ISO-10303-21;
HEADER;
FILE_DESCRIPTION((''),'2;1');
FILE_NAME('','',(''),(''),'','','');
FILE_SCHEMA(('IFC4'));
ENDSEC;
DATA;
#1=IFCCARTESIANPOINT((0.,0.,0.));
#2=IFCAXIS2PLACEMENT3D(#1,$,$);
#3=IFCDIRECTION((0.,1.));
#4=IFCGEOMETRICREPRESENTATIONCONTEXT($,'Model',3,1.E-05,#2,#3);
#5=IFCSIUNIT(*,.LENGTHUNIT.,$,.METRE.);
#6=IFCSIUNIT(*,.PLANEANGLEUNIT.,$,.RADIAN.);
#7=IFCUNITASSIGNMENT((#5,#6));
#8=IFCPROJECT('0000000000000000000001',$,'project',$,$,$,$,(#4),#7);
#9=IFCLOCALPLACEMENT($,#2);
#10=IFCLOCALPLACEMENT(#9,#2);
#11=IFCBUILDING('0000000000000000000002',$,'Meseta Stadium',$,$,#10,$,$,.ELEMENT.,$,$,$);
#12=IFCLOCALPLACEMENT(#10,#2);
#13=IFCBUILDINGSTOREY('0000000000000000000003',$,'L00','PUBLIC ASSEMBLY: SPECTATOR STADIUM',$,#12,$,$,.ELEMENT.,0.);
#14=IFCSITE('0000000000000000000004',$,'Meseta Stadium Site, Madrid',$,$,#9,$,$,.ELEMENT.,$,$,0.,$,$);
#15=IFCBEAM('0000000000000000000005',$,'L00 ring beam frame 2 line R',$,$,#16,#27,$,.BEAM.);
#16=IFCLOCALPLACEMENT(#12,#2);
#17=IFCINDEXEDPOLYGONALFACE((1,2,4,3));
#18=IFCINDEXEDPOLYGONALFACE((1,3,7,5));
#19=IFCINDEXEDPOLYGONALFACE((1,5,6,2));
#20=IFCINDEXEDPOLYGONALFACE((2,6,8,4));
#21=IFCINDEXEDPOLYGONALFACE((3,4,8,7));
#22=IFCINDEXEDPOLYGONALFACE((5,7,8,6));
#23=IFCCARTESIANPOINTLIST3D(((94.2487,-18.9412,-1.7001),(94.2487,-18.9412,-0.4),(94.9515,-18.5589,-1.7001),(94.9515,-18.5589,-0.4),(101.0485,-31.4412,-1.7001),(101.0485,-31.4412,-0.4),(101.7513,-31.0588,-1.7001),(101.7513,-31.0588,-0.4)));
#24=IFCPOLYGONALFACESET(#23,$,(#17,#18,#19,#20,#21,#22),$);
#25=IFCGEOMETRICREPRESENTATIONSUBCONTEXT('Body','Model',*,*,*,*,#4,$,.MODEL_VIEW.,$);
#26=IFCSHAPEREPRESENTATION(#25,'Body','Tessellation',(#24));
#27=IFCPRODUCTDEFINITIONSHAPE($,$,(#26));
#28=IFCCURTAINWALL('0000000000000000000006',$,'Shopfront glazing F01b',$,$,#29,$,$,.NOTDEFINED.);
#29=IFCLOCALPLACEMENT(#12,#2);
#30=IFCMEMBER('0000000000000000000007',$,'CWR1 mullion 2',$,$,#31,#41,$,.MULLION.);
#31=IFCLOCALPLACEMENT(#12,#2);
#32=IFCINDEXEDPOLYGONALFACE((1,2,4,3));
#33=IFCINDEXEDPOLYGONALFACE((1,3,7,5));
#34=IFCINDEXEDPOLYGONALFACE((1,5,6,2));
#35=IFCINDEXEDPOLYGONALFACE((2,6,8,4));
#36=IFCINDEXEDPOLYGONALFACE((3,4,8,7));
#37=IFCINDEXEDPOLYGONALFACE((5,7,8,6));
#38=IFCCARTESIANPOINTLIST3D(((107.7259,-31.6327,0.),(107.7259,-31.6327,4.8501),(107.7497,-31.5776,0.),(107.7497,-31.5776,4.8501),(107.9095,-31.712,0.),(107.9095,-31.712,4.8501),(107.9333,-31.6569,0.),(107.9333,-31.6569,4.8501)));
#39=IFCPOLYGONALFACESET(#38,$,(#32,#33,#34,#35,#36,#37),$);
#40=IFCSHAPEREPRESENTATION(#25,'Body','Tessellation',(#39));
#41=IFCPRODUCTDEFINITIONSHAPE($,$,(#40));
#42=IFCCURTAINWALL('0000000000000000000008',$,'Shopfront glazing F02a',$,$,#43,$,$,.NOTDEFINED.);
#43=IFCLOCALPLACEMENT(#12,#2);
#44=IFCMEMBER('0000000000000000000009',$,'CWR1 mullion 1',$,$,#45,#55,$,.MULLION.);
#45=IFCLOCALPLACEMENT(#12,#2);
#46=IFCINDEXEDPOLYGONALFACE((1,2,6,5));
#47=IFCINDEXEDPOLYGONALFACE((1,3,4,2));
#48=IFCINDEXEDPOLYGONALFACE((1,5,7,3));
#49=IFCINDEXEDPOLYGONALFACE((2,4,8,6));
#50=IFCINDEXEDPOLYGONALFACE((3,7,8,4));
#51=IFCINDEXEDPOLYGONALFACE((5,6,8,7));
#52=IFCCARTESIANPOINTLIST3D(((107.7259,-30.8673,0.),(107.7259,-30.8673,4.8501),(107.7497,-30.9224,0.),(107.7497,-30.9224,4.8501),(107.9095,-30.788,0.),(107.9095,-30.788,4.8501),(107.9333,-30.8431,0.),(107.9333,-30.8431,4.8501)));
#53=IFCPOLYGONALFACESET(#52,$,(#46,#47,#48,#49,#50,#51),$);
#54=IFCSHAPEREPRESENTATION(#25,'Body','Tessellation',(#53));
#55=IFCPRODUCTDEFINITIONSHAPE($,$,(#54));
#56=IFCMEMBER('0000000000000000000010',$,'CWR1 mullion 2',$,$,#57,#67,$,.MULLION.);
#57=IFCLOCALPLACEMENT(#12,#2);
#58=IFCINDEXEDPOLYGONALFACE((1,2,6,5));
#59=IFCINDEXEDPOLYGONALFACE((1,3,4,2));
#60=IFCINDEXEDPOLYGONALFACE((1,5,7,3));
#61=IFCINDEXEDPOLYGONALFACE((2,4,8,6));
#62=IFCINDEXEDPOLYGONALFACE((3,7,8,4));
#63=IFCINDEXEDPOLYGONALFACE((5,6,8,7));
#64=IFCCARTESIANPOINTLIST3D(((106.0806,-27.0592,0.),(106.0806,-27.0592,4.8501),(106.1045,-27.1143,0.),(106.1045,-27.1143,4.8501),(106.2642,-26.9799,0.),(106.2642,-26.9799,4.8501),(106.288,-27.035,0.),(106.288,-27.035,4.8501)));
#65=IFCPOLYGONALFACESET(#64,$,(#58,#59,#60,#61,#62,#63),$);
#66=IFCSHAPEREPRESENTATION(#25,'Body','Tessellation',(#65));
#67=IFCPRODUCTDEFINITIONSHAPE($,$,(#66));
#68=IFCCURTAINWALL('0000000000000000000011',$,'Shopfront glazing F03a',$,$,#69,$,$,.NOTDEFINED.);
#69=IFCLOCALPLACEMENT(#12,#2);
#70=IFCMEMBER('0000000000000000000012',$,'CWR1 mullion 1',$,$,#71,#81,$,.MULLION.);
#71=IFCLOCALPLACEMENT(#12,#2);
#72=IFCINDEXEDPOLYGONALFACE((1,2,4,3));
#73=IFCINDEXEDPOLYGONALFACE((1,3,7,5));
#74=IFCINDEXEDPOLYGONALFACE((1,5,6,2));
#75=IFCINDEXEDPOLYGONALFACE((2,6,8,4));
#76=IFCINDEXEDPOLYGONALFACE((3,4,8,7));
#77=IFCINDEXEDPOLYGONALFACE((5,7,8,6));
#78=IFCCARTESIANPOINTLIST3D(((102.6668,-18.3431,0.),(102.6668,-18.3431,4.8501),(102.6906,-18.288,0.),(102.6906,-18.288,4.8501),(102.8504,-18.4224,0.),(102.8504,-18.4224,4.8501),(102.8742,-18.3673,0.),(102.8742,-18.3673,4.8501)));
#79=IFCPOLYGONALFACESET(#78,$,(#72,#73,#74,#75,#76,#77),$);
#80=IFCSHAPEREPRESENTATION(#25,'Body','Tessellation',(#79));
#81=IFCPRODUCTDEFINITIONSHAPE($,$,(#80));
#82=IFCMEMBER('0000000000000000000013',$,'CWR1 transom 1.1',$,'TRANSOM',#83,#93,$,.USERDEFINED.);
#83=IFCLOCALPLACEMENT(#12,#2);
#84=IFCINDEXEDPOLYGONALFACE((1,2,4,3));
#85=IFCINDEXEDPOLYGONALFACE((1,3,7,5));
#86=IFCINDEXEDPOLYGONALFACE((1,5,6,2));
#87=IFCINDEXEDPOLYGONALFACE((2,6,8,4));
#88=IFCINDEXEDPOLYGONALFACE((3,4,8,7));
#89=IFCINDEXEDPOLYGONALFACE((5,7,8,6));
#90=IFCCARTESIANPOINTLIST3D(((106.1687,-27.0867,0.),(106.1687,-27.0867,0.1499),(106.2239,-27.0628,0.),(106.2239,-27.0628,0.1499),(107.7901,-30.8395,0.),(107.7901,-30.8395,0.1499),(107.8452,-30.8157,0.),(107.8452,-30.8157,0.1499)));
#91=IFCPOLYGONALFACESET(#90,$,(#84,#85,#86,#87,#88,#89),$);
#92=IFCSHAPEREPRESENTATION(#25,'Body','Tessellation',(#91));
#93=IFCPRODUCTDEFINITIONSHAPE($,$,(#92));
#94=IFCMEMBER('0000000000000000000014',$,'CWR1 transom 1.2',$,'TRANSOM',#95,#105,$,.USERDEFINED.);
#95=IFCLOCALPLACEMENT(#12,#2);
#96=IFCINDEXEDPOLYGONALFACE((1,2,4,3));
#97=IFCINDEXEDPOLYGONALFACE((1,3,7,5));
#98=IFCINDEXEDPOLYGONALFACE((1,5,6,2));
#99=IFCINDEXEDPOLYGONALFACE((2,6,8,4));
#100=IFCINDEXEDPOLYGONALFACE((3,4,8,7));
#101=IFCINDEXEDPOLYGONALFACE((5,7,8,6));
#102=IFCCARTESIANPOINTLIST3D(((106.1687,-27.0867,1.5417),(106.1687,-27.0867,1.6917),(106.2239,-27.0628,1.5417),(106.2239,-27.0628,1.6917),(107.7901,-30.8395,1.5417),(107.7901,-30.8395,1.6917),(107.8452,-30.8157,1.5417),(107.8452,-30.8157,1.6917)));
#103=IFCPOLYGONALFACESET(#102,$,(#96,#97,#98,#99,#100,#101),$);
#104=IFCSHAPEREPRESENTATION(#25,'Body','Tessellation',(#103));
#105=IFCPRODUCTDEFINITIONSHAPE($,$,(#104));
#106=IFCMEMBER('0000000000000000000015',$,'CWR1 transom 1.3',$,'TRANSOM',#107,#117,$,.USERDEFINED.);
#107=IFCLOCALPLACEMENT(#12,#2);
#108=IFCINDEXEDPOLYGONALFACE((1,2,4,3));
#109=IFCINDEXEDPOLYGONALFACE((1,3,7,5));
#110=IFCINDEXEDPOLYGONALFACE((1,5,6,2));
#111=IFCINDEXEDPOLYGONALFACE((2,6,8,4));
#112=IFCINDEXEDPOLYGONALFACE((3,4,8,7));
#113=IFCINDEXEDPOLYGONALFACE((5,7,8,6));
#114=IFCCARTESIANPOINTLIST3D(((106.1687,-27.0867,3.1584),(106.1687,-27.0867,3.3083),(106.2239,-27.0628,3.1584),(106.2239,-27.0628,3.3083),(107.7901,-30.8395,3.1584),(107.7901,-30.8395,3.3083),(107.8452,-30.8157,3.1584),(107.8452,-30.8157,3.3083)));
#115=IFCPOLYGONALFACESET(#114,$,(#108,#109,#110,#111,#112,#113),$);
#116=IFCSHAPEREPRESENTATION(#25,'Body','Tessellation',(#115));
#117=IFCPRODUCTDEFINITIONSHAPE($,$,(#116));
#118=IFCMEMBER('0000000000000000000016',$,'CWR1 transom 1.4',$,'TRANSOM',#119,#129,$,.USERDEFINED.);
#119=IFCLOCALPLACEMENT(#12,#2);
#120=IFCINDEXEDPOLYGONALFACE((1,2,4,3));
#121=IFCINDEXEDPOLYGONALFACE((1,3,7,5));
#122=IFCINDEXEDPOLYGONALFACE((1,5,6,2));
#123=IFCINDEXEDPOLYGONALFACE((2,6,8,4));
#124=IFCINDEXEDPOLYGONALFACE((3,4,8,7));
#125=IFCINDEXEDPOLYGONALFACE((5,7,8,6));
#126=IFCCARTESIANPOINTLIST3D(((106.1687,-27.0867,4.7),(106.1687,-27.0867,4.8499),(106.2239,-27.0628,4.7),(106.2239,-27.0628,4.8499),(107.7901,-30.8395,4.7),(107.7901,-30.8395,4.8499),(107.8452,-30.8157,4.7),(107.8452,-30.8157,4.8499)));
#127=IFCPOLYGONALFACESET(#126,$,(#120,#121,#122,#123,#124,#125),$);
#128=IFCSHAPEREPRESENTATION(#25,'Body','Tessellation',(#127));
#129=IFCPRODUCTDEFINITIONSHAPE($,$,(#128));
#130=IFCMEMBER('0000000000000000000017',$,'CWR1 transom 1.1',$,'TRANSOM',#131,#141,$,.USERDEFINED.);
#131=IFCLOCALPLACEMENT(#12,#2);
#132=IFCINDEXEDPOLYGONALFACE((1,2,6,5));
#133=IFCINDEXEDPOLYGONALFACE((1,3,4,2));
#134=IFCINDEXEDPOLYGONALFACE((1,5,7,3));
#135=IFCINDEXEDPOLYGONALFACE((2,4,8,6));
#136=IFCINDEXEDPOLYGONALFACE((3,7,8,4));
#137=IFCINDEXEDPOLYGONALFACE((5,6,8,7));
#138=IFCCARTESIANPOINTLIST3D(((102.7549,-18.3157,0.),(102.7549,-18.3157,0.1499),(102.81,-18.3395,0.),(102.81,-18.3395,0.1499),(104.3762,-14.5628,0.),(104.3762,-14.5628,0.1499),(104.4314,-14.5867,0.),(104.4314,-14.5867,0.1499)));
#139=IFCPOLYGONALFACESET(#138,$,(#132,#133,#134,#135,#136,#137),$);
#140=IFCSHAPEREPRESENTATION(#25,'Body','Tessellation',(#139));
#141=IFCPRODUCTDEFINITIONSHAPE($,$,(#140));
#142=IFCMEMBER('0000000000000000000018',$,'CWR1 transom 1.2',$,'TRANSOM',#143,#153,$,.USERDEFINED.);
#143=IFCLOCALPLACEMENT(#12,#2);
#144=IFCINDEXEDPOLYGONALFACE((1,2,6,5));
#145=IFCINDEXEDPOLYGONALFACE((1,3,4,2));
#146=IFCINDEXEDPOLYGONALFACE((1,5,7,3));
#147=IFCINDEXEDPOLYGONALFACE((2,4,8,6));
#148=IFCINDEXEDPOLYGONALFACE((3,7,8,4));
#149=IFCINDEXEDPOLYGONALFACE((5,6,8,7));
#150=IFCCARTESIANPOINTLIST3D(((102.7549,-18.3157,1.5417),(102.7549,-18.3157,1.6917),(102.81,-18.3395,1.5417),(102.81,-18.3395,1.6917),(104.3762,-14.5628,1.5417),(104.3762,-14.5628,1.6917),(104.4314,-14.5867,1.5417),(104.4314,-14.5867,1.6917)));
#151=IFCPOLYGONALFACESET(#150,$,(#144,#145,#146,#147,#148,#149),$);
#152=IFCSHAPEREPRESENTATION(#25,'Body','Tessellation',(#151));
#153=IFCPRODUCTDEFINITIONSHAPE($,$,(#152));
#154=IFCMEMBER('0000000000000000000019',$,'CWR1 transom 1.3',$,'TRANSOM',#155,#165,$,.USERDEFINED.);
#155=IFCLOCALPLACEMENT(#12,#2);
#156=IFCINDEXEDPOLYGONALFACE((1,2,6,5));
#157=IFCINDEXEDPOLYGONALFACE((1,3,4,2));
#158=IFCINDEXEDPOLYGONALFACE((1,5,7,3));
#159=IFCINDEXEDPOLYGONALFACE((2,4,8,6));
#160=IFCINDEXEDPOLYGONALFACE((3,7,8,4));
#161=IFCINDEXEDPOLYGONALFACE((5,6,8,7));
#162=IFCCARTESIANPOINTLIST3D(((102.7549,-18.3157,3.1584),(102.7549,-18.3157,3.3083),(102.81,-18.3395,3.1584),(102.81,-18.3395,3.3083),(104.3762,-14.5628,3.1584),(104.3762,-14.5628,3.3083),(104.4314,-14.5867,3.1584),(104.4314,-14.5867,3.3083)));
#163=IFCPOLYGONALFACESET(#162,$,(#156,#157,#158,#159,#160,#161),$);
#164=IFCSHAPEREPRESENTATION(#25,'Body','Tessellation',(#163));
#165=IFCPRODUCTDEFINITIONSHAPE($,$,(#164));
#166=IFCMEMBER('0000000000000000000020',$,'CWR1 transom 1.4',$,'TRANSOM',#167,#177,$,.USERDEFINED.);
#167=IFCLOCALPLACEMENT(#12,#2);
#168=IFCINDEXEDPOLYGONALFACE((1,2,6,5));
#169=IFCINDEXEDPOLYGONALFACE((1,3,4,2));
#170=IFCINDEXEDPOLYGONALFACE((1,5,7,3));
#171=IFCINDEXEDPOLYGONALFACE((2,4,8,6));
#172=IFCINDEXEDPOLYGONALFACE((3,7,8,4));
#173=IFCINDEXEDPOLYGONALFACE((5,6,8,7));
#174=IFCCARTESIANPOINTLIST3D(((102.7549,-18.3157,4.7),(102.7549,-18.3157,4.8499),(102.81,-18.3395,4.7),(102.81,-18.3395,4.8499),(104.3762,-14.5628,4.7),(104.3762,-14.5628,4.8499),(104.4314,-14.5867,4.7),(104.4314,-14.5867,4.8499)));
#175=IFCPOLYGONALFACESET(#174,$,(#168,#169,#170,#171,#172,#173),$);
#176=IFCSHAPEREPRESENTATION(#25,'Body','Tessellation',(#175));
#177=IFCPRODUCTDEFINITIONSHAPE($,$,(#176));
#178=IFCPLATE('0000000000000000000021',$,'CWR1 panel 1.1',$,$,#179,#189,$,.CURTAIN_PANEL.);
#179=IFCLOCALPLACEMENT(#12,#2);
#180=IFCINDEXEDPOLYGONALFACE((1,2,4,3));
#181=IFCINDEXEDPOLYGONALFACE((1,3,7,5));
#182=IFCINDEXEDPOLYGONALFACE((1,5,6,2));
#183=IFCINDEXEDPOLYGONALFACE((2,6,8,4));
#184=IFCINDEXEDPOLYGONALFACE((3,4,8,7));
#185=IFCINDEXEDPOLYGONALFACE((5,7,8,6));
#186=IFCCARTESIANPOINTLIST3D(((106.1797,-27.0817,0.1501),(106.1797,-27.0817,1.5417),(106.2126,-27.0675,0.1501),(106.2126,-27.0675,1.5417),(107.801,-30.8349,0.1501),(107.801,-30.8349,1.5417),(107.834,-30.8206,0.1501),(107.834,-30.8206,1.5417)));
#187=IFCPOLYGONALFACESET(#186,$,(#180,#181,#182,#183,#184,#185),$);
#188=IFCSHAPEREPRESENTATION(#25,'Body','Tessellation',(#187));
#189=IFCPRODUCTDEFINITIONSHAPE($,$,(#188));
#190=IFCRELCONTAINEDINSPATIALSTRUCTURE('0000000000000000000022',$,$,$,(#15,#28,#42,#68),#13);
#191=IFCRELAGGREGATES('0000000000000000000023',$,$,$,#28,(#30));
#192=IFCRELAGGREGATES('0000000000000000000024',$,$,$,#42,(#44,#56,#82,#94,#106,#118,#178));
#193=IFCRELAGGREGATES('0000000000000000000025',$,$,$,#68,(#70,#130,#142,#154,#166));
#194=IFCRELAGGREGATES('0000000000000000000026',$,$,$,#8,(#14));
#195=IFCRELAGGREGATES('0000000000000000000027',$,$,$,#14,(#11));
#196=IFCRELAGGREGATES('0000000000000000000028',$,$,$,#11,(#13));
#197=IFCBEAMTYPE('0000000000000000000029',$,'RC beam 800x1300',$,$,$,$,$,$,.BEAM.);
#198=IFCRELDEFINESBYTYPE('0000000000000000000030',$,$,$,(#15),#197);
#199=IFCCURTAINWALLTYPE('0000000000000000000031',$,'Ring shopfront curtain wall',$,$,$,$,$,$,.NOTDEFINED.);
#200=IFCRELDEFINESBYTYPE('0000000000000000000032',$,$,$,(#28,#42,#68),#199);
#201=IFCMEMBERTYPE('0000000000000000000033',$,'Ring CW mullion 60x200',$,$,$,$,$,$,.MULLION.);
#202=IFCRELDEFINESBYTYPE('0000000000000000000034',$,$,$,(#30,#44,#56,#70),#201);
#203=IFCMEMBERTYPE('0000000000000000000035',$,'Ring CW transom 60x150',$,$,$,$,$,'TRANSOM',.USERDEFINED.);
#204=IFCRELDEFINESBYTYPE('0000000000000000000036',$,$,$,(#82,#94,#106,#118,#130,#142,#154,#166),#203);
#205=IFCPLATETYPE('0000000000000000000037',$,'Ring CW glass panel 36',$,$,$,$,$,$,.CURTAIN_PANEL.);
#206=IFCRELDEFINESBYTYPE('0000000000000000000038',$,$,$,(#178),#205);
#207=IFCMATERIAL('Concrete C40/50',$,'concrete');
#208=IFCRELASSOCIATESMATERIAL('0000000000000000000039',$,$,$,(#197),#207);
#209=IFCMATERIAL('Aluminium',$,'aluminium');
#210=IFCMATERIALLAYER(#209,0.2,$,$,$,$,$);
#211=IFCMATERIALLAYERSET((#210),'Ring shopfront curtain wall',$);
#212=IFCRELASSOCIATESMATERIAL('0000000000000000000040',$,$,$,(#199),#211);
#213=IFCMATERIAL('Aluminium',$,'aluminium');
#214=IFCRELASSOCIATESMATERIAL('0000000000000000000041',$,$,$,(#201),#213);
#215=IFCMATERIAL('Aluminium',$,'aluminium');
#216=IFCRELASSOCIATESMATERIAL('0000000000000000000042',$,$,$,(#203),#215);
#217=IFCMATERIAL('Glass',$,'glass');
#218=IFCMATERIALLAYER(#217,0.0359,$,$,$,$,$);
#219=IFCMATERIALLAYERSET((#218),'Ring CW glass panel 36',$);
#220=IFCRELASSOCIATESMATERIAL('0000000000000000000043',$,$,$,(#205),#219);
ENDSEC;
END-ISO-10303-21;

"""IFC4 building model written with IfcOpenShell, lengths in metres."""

from ifc_helpers import new_model, si_unit, direction, frame, origin, origin_2d, place, context, subcontext, project, spatial, rectangle, extrude, material, layer, layer_set, material_profile, profile_set, type_object, element, aggregate, save


model = new_model("IFC4")

# Units and contexts
model_context = context("Model", 3, precision=1e-05, world=origin(), true_north=direction((0.0, 1.0)))
body_context = subcontext(model_context, "Body", "Model", "MODEL_VIEW")
ifc_project = project(units=[si_unit("LENGTHUNIT", "METRE"), si_unit("PLANEANGLEUNIT", "RADIAN")], contexts=[model_context])

# Site, building, storey
site_placement = place(None, origin())
site = spatial("IfcSite", under=ifc_project, at=site_placement, Name="Meseta Stadium Site, Madrid", CompositionType="ELEMENT", RefElevation=0.0)
building_placement = place(site_placement, origin())
building = spatial("IfcBuilding", under=site, at=building_placement, Name="Meseta Stadium", CompositionType="ELEMENT")
storey_placement = place(building_placement, origin())
storey = spatial("IfcBuildingStorey", under=building, at=storey_placement, Name="L00", Description="PUBLIC ASSEMBLY: SPECTATOR STADIUM", CompositionType="ELEMENT", Elevation=0.0)

# Beam
ifc_material_1 = material(Name="Concrete C40/50", Category="concrete")
ifc_material_profile_1 = material_profile(ifc_material_1, rectangle(XDim=0.8, YDim=1.3, at=origin_2d()), Name="RC 800x1300")
ifc_profile_set_1 = profile_set([ifc_material_profile_1], Name="Concrete C40/50")
beam_type = type_object("IfcBeamType", Name="RC beam 800x1300", PredefinedType="BEAM", material=ifc_profile_set_1)
beam_placement = place(storey_placement, frame((101.3999, -31.25, -1.05), z_axis=(-0.477856, 0.878438, 0.0), x_axis=(-0.878438, -0.477856, 0.0)))
element("IfcBeam", 1, at=beam_placement, inside=storey, type_object=beam_type, Name="L00 ring beam frame 2 line R", PredefinedType="BEAM", context=body_context, shape_type="SweptSolid", body=[
    extrude(rectangle(XDim=0.8, YDim=1.3, at=origin_2d()), origin(), (0.0, 0.0, 1.0), 14.2297),
])

# Curtain wall, member
ifc_material_2 = material(Name="Aluminium", Category="aluminium")
ifc_layer_1 = layer(ifc_material_2, 0.2)
ifc_layer_set_1 = layer_set([ifc_layer_1], Name="Ring shopfront curtain wall")
curtain_wall_type = type_object("IfcCurtainWallType", Name="Ring shopfront curtain wall", PredefinedType="NOTDEFINED", material=ifc_layer_set_1)
curtain_wall_1_placement = place(storey_placement, origin())
curtain_wall_1 = element("IfcCurtainWall", 2, at=curtain_wall_1_placement, inside=storey, type_object=curtain_wall_type, Name="Shopfront glazing F01b", PredefinedType="NOTDEFINED")
ifc_material_3 = material(Name="Aluminium", Category="aluminium")
ifc_material_profile_2 = material_profile(ifc_material_3, rectangle(XDim=0.2, YDim=0.0601, at=origin_2d()), Name="CW 200x60")
ifc_profile_set_2 = profile_set([ifc_material_profile_2], Name="Aluminium")
member_type_1 = type_object("IfcMemberType", Name="Ring CW mullion 60x200", PredefinedType="MULLION", material=ifc_profile_set_2)
member_1_placement = place(storey_placement, frame((107.8296, -31.6448, 0.0), z_axis=(0.0, 0.0, 1.0), x_axis=(-0.918002, 0.396576, 0.0)))
member_1 = element("IfcMember", 3, at=member_1_placement, type_object=member_type_1, Name="CWR1 mullion 2", PredefinedType="MULLION", context=body_context, shape_type="SweptSolid", body=[
    extrude(rectangle(XDim=0.2, YDim=0.0601, at=origin_2d()), origin(), (0.0, 0.0, 1.0), 4.8501),
])
aggregate(curtain_wall_1, [member_1])

# Curtain wall, members
curtain_wall_2_placement = place(storey_placement, origin())
curtain_wall_2 = element("IfcCurtainWall", 4, at=curtain_wall_2_placement, inside=storey, type_object=curtain_wall_type, Name="Shopfront glazing F02a", PredefinedType="NOTDEFINED")
member_2_placement = place(storey_placement, frame((107.8296, -30.8552, 0.0), z_axis=(0.0, 0.0, 1.0), x_axis=(-0.918002, -0.396576, 0.0)))
member_2 = element("IfcMember", 5, at=member_2_placement, type_object=member_type_1, Name="CWR1 mullion 1", PredefinedType="MULLION", context=body_context, shape_type="SweptSolid", body=[
    extrude(rectangle(XDim=0.2, YDim=0.0601, at=origin_2d()), origin(), (0.0, 0.0, 1.0), 4.8501),
])
member_3_placement = place(storey_placement, frame((106.1843, -27.0471, 0.0), z_axis=(0.0, 0.0, 1.0), x_axis=(-0.918002, -0.396576, 0.0)))
member_3 = element("IfcMember", 6, at=member_3_placement, type_object=member_type_1, Name="CWR1 mullion 2", PredefinedType="MULLION", context=body_context, shape_type="SweptSolid", body=[
    extrude(rectangle(XDim=0.2, YDim=0.0601, at=origin_2d()), origin(), (0.0, 0.0, 1.0), 4.8501),
])

# Curtain wall, member
curtain_wall_3_placement = place(storey_placement, origin())
curtain_wall_3 = element("IfcCurtainWall", 7, at=curtain_wall_3_placement, inside=storey, type_object=curtain_wall_type, Name="Shopfront glazing F03a", PredefinedType="NOTDEFINED")
member_4_placement = place(storey_placement, frame((102.7705, -18.3552, 0.0), z_axis=(0.0, 0.0, 1.0), x_axis=(-0.918002, 0.396576, 0.0)))
member_4 = element("IfcMember", 8, at=member_4_placement, type_object=member_type_1, Name="CWR1 mullion 1", PredefinedType="MULLION", context=body_context, shape_type="SweptSolid", body=[
    extrude(rectangle(XDim=0.2, YDim=0.0601, at=origin_2d()), origin(), (0.0, 0.0, 1.0), 4.8501),
])

# Members
ifc_material_4 = material(Name="Aluminium", Category="aluminium")
ifc_material_profile_3 = material_profile(ifc_material_4, rectangle(XDim=0.0601, YDim=0.1499, at=origin_2d()), Name="CW 60x150")
ifc_profile_set_3 = profile_set([ifc_material_profile_3], Name="Aluminium")
member_type_2 = type_object("IfcMemberType", Name="Ring CW transom 60x150", ElementType="TRANSOM", PredefinedType="USERDEFINED", material=ifc_profile_set_3)
member_5_placement = place(storey_placement, frame((107.8176, -30.8276, 0.075), z_axis=(-0.396592, 0.917995, 0.0), x_axis=(-0.917995, -0.396592, 0.0)))
member_5 = element("IfcMember", 9, at=member_5_placement, type_object=member_type_2, Name="CWR1 transom 1.1", ObjectType="TRANSOM", PredefinedType="USERDEFINED", context=body_context, shape_type="SweptSolid", body=[
    extrude(rectangle(XDim=0.0601, YDim=0.1499, at=origin_2d()), origin(), (0.0, 0.0, 1.0), 4.0881),
])
member_6_placement = place(storey_placement, frame((107.8176, -30.8276, 1.6167), z_axis=(-0.396592, 0.917995, 0.0), x_axis=(-0.917995, -0.396592, 0.0)))
member_6 = element("IfcMember", 10, at=member_6_placement, type_object=member_type_2, Name="CWR1 transom 1.2", ObjectType="TRANSOM", PredefinedType="USERDEFINED", context=body_context, shape_type="SweptSolid", body=[
    extrude(rectangle(XDim=0.0601, YDim=0.1499, at=origin_2d()), origin(), (0.0, 0.0, 1.0), 4.0881),
])
member_7_placement = place(storey_placement, frame((107.8176, -30.8276, 3.2334), z_axis=(-0.396592, 0.917995, 0.0), x_axis=(-0.917995, -0.396592, 0.0)))
member_7 = element("IfcMember", 11, at=member_7_placement, type_object=member_type_2, Name="CWR1 transom 1.3", ObjectType="TRANSOM", PredefinedType="USERDEFINED", context=body_context, shape_type="SweptSolid", body=[
    extrude(rectangle(XDim=0.0601, YDim=0.1499, at=origin_2d()), origin(), (0.0, 0.0, 1.0), 4.0881),
])
member_8_placement = place(storey_placement, frame((107.8176, -30.8276, 4.7749), z_axis=(-0.396592, 0.917995, 0.0), x_axis=(-0.917995, -0.396592, 0.0)))
member_8 = element("IfcMember", 12, at=member_8_placement, type_object=member_type_2, Name="CWR1 transom 1.4", ObjectType="TRANSOM", PredefinedType="USERDEFINED", context=body_context, shape_type="SweptSolid", body=[
    extrude(rectangle(XDim=0.0601, YDim=0.1499, at=origin_2d()), origin(), (0.0, 0.0, 1.0), 4.0881),
])
member_9_placement = place(storey_placement, frame((102.7825, -18.3276, 0.075), z_axis=(0.396592, 0.917995, 0.0), x_axis=(-0.917995, 0.396592, 0.0)))
member_9 = element("IfcMember", 13, at=member_9_placement, type_object=member_type_2, Name="CWR1 transom 1.1", ObjectType="TRANSOM", PredefinedType="USERDEFINED", context=body_context, shape_type="SweptSolid", body=[
    extrude(rectangle(XDim=0.0601, YDim=0.1499, at=origin_2d()), origin(), (0.0, 0.0, 1.0), 4.0881),
])
member_10_placement = place(storey_placement, frame((102.7825, -18.3276, 1.6167), z_axis=(0.396592, 0.917995, 0.0), x_axis=(-0.917995, 0.396592, 0.0)))
member_10 = element("IfcMember", 14, at=member_10_placement, type_object=member_type_2, Name="CWR1 transom 1.2", ObjectType="TRANSOM", PredefinedType="USERDEFINED", context=body_context, shape_type="SweptSolid", body=[
    extrude(rectangle(XDim=0.0601, YDim=0.1499, at=origin_2d()), origin(), (0.0, 0.0, 1.0), 4.0881),
])
member_11_placement = place(storey_placement, frame((102.7825, -18.3276, 3.2334), z_axis=(0.396592, 0.917995, 0.0), x_axis=(-0.917995, 0.396592, 0.0)))
member_11 = element("IfcMember", 15, at=member_11_placement, type_object=member_type_2, Name="CWR1 transom 1.3", ObjectType="TRANSOM", PredefinedType="USERDEFINED", context=body_context, shape_type="SweptSolid", body=[
    extrude(rectangle(XDim=0.0601, YDim=0.1499, at=origin_2d()), origin(), (0.0, 0.0, 1.0), 4.0881),
])
member_12_placement = place(storey_placement, frame((102.7825, -18.3276, 4.7749), z_axis=(0.396592, 0.917995, 0.0), x_axis=(-0.917995, 0.396592, 0.0)))
member_12 = element("IfcMember", 16, at=member_12_placement, type_object=member_type_2, Name="CWR1 transom 1.4", ObjectType="TRANSOM", PredefinedType="USERDEFINED", context=body_context, shape_type="SweptSolid", body=[
    extrude(rectangle(XDim=0.0601, YDim=0.1499, at=origin_2d()), origin(), (0.0, 0.0, 1.0), 4.0881),
])

# Plate
ifc_material_5 = material(Name="Glass", Category="glass")
ifc_layer_2 = layer(ifc_material_5, 0.0359)
ifc_layer_set_2 = layer_set([ifc_layer_2], Name="Ring CW glass panel 36")
plate_type = type_object("IfcPlateType", Name="Ring CW glass panel 36", PredefinedType="CURTAIN_PANEL", material=ifc_layer_set_2)
plate_1_placement = place(storey_placement, frame((107.0068, -28.9512, 0.1501), z_axis=(0.0, 0.0, 1.0), x_axis=(-0.396576, 0.918002, 0.0)))
plate_1 = element("IfcPlate", 17, at=plate_1_placement, type_object=plate_type, Name="CWR1 panel 1.1", PredefinedType="CURTAIN_PANEL", context=body_context, shape_type="SweptSolid", body=[
    extrude(rectangle(XDim=4.0884, YDim=0.0359, at=origin_2d()), origin(), (0.0, 0.0, 1.0), 1.3916),
])
aggregate(curtain_wall_2, [member_2, member_3, member_5, member_6, member_7, member_8, plate_1])
aggregate(curtain_wall_3, [member_4, member_9, member_10, member_11, member_12])

save(model, "model.ifc")
